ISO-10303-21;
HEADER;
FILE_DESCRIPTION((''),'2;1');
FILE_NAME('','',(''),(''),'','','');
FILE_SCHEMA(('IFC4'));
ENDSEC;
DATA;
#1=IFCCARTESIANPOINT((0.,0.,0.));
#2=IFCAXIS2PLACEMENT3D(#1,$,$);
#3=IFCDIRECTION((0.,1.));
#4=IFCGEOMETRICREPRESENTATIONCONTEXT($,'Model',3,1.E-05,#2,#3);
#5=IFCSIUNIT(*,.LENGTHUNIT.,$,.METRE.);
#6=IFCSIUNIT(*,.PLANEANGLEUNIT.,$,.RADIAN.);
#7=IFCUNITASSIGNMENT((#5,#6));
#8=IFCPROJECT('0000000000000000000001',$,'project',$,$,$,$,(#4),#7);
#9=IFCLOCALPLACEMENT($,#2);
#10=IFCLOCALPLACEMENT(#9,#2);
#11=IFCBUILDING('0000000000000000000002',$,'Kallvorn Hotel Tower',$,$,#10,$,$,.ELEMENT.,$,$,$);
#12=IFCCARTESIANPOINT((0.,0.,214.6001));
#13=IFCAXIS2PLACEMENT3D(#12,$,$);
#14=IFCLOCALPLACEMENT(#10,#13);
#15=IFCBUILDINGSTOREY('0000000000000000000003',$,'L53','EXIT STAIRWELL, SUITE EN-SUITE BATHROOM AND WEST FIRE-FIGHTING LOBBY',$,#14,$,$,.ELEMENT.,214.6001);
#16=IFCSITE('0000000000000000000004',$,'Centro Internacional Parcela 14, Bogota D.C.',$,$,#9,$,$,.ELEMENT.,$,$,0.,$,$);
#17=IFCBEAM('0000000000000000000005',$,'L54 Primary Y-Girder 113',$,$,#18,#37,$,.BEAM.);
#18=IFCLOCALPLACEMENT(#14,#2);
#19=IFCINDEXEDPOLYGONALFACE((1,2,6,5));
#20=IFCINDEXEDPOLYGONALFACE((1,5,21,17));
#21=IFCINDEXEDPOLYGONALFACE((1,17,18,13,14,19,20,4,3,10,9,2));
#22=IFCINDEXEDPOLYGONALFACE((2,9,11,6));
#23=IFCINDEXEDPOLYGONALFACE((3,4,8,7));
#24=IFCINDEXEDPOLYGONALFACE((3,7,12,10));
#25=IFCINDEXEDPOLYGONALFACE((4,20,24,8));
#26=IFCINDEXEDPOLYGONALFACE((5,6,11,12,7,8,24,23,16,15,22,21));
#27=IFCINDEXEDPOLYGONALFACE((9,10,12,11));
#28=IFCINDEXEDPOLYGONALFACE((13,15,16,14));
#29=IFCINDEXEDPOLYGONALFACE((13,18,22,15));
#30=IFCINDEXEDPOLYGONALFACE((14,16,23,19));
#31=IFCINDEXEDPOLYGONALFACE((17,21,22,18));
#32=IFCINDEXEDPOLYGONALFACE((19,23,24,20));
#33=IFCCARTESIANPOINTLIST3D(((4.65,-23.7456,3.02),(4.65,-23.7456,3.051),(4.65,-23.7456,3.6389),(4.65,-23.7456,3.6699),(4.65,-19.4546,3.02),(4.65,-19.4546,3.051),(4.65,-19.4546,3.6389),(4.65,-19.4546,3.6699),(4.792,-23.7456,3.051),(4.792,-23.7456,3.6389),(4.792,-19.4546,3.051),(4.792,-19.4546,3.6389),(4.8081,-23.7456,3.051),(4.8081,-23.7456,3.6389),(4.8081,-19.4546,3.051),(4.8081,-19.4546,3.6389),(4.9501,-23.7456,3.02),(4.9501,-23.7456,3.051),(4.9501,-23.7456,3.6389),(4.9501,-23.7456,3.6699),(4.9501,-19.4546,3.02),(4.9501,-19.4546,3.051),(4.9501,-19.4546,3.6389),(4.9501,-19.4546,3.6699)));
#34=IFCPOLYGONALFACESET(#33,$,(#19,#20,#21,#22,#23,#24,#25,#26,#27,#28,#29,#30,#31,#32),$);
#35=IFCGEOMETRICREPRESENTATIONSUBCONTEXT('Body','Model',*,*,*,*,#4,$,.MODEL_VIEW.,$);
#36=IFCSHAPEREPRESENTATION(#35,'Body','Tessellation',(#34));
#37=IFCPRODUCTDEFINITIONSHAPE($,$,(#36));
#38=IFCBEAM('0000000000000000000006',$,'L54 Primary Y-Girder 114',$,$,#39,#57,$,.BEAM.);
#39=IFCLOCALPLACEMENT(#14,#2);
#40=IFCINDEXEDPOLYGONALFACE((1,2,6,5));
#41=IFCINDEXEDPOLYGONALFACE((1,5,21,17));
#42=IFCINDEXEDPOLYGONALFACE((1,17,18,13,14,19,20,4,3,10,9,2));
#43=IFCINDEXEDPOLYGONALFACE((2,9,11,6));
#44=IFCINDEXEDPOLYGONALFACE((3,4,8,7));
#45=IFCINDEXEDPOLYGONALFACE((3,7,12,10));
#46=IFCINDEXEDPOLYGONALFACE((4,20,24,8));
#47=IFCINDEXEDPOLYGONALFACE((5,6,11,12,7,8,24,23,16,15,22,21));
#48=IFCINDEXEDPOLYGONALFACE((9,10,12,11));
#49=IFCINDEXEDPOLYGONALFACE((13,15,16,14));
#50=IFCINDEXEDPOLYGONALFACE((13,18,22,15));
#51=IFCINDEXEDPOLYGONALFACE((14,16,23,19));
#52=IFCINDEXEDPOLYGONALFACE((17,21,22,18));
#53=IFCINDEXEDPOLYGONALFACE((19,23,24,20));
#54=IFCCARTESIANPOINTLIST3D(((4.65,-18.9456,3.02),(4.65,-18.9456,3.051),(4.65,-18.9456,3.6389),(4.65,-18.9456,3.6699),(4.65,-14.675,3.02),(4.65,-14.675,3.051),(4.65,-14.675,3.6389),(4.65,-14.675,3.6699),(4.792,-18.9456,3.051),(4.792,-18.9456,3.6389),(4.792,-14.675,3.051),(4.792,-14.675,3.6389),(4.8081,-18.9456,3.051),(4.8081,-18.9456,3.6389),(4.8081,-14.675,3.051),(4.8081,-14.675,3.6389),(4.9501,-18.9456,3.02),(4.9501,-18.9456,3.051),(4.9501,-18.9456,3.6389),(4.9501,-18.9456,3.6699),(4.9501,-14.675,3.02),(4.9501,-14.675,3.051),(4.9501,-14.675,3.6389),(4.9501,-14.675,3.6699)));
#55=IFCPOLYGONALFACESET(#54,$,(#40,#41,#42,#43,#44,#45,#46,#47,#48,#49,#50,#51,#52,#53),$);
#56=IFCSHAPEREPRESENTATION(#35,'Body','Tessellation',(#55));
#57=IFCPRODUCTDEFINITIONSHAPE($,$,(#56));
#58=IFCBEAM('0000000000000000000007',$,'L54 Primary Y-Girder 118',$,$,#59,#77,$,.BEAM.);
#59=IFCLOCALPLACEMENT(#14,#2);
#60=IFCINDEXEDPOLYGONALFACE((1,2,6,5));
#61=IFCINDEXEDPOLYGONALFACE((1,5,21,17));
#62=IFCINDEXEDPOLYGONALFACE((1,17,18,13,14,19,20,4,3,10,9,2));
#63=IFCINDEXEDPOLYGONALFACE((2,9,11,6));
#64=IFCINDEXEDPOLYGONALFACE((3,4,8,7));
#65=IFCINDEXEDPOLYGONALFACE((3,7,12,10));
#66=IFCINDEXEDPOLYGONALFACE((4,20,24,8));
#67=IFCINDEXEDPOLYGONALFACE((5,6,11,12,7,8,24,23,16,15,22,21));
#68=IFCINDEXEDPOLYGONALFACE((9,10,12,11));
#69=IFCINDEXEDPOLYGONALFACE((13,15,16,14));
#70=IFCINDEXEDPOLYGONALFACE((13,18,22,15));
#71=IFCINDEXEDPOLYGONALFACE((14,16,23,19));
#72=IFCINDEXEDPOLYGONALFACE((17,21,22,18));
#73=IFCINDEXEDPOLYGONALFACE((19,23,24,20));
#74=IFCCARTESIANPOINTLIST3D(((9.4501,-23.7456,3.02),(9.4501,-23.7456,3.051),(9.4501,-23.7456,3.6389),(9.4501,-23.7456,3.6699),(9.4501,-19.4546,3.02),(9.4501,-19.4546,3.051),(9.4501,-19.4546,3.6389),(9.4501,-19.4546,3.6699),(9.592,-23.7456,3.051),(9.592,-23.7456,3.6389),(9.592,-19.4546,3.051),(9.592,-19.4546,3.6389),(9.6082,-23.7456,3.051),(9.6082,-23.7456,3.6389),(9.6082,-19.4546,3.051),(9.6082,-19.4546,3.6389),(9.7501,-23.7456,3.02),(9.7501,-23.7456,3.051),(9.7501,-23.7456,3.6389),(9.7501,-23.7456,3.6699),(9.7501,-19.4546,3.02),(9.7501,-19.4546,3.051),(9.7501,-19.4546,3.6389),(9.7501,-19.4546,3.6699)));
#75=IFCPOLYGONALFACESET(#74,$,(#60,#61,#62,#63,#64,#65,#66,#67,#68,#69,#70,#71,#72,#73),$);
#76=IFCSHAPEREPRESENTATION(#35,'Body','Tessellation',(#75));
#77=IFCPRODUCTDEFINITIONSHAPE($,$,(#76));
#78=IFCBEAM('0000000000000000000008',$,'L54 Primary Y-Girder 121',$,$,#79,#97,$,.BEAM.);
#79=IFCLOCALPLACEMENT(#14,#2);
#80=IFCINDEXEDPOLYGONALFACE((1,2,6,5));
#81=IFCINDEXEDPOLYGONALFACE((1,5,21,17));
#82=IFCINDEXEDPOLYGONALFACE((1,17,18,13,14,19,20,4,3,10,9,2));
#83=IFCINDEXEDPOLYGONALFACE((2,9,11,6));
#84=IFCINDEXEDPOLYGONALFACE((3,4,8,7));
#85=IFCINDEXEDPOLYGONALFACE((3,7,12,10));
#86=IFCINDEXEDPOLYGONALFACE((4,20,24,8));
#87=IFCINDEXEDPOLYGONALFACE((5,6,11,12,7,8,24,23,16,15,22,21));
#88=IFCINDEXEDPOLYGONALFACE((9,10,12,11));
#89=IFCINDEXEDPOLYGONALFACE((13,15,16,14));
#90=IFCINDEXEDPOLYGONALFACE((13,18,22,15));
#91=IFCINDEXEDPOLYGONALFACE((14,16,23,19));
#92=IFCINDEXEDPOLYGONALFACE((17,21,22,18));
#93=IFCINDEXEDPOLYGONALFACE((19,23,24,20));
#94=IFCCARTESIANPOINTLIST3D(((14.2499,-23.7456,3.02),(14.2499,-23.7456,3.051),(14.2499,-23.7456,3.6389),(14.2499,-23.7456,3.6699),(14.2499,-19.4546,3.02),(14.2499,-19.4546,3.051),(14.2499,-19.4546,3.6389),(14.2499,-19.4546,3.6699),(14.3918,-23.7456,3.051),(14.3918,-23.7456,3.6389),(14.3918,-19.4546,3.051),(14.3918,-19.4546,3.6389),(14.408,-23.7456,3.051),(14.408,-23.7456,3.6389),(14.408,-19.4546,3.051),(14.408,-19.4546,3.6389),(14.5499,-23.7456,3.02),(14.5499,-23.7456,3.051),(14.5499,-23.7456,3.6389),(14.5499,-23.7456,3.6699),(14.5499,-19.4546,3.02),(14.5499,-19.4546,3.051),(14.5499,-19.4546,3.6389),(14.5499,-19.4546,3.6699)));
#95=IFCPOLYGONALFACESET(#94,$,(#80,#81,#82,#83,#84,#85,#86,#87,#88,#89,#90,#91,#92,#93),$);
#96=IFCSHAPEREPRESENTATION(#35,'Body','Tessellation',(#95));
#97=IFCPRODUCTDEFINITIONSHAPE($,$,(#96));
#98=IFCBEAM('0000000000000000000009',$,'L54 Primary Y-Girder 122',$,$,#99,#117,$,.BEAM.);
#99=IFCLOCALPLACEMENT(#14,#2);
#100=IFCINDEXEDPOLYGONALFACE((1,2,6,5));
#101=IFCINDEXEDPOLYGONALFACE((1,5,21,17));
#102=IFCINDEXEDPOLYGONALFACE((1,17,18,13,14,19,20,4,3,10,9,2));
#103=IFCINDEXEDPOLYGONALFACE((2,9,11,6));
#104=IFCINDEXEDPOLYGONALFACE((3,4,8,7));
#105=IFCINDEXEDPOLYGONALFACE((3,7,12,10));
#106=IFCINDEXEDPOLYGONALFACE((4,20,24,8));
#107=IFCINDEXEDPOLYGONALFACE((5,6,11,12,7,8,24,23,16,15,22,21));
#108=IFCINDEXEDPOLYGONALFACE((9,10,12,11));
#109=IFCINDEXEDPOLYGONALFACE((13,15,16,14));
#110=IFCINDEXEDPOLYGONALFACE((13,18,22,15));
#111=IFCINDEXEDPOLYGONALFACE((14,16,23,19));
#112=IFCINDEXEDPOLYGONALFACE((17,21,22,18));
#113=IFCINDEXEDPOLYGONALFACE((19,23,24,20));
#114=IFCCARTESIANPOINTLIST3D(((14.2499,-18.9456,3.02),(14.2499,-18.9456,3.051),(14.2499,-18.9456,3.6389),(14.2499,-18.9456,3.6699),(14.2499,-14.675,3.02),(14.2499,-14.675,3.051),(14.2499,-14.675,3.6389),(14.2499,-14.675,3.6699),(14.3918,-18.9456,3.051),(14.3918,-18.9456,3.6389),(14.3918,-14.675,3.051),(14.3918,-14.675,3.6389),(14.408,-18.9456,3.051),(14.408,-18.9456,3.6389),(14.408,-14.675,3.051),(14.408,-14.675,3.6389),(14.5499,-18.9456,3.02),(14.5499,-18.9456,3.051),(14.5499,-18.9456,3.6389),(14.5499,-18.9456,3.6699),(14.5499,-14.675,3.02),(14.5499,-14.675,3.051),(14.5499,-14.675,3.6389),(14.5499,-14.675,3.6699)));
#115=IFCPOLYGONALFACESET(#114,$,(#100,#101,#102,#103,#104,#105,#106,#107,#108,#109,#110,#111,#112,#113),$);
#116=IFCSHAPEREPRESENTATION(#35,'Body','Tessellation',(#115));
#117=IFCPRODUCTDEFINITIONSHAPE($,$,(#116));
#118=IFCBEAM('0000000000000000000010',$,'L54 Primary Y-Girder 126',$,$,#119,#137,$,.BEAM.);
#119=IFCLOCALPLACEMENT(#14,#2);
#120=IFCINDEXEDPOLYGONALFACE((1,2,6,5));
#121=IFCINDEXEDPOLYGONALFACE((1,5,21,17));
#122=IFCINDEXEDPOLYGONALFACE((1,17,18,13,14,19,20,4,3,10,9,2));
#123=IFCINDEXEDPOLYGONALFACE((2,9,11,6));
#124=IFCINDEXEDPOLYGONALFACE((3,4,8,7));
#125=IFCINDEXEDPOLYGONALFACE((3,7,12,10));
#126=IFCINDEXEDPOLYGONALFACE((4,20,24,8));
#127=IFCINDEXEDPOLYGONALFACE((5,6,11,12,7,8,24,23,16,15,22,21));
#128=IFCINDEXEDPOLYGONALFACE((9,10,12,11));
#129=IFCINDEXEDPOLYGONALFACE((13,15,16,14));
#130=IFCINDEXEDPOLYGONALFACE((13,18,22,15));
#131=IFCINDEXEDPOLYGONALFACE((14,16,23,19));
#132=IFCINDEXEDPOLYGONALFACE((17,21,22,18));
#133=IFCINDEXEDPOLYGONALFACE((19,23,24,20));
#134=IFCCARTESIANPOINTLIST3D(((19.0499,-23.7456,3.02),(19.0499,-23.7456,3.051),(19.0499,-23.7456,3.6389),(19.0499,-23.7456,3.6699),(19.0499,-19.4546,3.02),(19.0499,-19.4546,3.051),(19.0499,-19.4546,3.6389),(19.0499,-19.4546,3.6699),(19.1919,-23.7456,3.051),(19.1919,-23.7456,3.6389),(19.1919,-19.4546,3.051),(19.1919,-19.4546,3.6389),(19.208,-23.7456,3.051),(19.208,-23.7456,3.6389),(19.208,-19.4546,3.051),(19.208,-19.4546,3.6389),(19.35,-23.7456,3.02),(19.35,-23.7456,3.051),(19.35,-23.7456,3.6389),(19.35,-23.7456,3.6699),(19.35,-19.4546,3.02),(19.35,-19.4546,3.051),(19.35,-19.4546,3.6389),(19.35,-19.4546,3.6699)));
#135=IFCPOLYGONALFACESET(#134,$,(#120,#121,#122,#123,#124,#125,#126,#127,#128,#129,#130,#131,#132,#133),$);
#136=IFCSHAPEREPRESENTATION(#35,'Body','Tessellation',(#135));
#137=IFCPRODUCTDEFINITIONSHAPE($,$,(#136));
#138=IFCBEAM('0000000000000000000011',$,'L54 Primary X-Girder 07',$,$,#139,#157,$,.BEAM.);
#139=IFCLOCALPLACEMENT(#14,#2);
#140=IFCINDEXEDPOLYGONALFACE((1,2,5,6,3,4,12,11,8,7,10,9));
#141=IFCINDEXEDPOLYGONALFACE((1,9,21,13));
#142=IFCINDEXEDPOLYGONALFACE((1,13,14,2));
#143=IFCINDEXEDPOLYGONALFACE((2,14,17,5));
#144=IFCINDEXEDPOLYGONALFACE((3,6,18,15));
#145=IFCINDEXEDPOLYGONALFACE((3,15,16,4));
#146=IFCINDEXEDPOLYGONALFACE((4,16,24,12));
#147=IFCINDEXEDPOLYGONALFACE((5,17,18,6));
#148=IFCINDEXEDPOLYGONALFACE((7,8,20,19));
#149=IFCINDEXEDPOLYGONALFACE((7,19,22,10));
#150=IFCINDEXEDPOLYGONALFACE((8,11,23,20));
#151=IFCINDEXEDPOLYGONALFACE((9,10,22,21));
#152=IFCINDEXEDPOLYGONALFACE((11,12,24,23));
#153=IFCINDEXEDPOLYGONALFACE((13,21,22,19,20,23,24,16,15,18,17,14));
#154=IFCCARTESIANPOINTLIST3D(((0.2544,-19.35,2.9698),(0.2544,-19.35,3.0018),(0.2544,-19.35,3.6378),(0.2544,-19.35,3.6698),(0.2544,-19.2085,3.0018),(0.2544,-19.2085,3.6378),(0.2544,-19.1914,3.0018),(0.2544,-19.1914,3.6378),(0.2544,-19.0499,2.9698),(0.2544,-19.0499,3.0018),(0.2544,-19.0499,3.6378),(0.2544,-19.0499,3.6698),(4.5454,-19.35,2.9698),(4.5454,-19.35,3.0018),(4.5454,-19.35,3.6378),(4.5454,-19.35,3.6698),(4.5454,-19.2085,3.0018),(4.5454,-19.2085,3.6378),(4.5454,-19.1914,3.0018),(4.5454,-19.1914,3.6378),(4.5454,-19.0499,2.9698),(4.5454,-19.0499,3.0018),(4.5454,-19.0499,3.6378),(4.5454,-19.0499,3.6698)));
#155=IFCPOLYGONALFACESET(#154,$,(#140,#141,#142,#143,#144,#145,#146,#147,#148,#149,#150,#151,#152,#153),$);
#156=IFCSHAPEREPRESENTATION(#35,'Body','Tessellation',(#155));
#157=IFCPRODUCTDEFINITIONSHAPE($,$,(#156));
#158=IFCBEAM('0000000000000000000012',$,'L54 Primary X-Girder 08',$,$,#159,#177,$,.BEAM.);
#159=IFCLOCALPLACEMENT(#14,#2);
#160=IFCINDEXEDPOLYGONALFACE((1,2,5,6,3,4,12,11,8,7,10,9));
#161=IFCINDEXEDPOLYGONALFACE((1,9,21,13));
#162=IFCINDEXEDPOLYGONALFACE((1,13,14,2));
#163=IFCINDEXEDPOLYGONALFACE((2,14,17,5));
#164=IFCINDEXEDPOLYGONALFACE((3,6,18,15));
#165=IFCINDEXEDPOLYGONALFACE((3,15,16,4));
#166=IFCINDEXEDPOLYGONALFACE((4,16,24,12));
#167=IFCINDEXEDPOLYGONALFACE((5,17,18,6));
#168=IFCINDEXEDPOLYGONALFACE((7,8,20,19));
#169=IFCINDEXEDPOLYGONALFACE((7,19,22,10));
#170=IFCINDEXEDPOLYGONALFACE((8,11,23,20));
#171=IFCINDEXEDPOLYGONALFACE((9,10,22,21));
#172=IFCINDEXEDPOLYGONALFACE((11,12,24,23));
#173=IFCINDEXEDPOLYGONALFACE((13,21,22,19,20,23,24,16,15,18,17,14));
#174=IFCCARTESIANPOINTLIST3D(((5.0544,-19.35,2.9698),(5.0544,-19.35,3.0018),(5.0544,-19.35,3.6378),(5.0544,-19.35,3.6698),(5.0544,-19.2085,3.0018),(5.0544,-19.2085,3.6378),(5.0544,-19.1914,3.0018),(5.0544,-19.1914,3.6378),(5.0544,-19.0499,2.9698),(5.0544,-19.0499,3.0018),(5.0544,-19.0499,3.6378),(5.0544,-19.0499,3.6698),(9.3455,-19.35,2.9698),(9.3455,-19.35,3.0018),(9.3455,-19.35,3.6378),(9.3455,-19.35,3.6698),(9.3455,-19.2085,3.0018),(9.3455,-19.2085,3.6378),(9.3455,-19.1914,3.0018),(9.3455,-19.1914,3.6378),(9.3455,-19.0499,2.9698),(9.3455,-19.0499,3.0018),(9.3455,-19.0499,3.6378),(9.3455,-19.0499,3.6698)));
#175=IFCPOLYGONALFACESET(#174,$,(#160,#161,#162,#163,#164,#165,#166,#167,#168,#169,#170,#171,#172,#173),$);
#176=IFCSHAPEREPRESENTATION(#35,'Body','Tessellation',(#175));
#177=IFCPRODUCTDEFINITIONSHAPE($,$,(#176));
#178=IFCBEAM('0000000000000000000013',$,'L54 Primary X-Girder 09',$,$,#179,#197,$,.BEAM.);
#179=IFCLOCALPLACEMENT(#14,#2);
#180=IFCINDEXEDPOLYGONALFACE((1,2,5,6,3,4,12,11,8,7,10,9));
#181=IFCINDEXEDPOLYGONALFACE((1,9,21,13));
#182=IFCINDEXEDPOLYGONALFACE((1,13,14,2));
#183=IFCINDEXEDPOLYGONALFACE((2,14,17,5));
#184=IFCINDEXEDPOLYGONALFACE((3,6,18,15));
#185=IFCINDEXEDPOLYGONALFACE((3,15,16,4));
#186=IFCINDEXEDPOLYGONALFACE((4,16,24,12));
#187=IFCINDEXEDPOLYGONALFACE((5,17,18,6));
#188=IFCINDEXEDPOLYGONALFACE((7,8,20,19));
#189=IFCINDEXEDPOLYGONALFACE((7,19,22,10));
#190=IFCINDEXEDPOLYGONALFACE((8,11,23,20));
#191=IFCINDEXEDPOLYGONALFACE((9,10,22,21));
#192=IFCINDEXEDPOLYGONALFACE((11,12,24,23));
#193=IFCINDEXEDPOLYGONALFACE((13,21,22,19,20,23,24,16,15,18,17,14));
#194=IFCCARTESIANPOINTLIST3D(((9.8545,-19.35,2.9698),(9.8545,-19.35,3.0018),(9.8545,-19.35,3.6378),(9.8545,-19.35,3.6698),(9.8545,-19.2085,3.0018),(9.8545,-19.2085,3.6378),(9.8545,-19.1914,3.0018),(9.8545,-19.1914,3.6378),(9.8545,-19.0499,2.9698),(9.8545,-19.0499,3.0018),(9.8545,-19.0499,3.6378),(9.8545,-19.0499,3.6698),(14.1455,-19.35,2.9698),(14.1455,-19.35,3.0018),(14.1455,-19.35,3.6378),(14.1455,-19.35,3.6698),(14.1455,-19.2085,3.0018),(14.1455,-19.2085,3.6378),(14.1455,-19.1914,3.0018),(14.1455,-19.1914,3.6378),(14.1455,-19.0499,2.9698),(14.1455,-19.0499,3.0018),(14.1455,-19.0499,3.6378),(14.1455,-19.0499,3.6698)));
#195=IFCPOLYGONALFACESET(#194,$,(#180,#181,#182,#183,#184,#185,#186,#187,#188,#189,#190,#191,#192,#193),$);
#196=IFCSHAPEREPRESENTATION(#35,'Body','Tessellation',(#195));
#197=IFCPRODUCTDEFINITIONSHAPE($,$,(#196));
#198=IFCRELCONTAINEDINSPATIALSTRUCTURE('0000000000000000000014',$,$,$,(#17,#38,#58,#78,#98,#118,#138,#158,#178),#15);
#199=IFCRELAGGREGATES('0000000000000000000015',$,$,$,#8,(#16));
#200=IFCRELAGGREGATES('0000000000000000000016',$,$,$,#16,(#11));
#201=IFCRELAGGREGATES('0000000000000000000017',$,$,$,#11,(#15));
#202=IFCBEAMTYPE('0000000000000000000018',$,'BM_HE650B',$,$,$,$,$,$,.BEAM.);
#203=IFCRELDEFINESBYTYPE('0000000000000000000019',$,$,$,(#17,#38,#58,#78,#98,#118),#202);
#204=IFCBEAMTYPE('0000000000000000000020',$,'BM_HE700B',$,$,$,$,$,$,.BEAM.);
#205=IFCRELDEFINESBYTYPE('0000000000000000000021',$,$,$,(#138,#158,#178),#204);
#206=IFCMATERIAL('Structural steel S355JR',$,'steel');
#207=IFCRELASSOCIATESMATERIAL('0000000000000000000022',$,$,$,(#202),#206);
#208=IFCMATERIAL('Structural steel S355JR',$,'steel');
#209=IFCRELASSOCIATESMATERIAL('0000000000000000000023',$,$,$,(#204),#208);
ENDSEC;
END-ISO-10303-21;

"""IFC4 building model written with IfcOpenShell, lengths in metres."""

from ifc_helpers import new_model, si_unit, direction, frame, origin, origin_2d, place, context, subcontext, project, spatial, i_section, extrude, material, material_profile, profile_set, type_object, element, save


model = new_model("IFC4")

# Units and contexts
model_context = context("Model", 3, precision=1e-05, world=origin(), true_north=direction((0.0, 1.0)))
body_context = subcontext(model_context, "Body", "Model", "MODEL_VIEW")
ifc_project = project(units=[si_unit("LENGTHUNIT", "METRE"), si_unit("PLANEANGLEUNIT", "RADIAN")], contexts=[model_context])

# Site, building, storey
site_placement = place(None, origin())
site = spatial("IfcSite", under=ifc_project, at=site_placement, Name="Centro Internacional Parcela 14, Bogota D.C.", CompositionType="ELEMENT", RefElevation=0.0)
building_placement = place(site_placement, origin())
building = spatial("IfcBuilding", under=site, at=building_placement, Name="Kallvorn Hotel Tower", CompositionType="ELEMENT")
storey_placement = place(building_placement, frame((0.0, 0.0, 214.6001)))
storey = spatial("IfcBuildingStorey", under=building, at=storey_placement, Name="L53", Description="EXIT STAIRWELL, SUITE EN-SUITE BATHROOM AND WEST FIRE-FIGHTING LOBBY", CompositionType="ELEMENT", Elevation=214.6001)

# Beams
ifc_material_1 = material(Name="Structural steel S355JR", Category="steel")
ifc_material_profile_1 = material_profile(ifc_material_1, i_section(OverallWidth=0.3, OverallDepth=0.6499, WebThickness=0.0161, FlangeThickness=0.031, at=origin_2d()), Name="HE 650 B")
ifc_profile_set_1 = profile_set([ifc_material_profile_1], Name="Structural steel S355JR")
beam_type_1 = type_object("IfcBeamType", Name="BM_HE650B", PredefinedType="BEAM", material=ifc_profile_set_1)
beam_1_placement = place(storey_placement, frame((4.8, -23.7456, 3.345), z_axis=(0.0, 1.0, 0.0), x_axis=(-1.0, 0.0, 0.0)))
element("IfcBeam", 1, at=beam_1_placement, inside=storey, type_object=beam_type_1, Name="L54 Primary Y-Girder 113", PredefinedType="BEAM", context=body_context, shape_type="SweptSolid", body=[
    extrude(i_section(OverallWidth=0.3, OverallDepth=0.6499, WebThickness=0.0161, FlangeThickness=0.031, at=origin_2d()), origin(), (0.0, 0.0, 1.0), 4.291),
])
beam_2_placement = place(storey_placement, frame((4.8, -18.9456, 3.345), z_axis=(0.0, 1.0, 0.0), x_axis=(-1.0, 0.0, 0.0)))
element("IfcBeam", 2, at=beam_2_placement, inside=storey, type_object=beam_type_1, Name="L54 Primary Y-Girder 114", PredefinedType="BEAM", context=body_context, shape_type="SweptSolid", body=[
    extrude(i_section(OverallWidth=0.3, OverallDepth=0.6499, WebThickness=0.0161, FlangeThickness=0.031, at=origin_2d()), origin(), (0.0, 0.0, 1.0), 4.2705),
])
for number, where, z_axis, x_axis, name in (
    (3, (9.6001, -23.7456, 3.345), (0.0, 1.0, 0.0), (-1.0, 0.0, 0.0), "L54 Primary Y-Girder 118"),
    (4, (14.3999, -23.7456, 3.345), (0.0, 1.0, 0.0), (-1.0, 0.0, 0.0), "L54 Primary Y-Girder 121"),
):
    element("IfcBeam", number, at=place(storey_placement, frame(where, z_axis=z_axis, x_axis=x_axis)), inside=storey, type_object=beam_type_1, Name=name, PredefinedType="BEAM", context=body_context, shape_type="SweptSolid", body=[
        extrude(i_section(OverallWidth=0.3, OverallDepth=0.6499, WebThickness=0.0161, FlangeThickness=0.031, at=origin_2d()), origin(), (0.0, 0.0, 1.0), 4.291),
    ])
beam_3_placement = place(storey_placement, frame((14.3999, -18.9456, 3.345), z_axis=(0.0, 1.0, 0.0), x_axis=(-1.0, 0.0, 0.0)))
element("IfcBeam", 5, at=beam_3_placement, inside=storey, type_object=beam_type_1, Name="L54 Primary Y-Girder 122", PredefinedType="BEAM", context=body_context, shape_type="SweptSolid", body=[
    extrude(i_section(OverallWidth=0.3, OverallDepth=0.6499, WebThickness=0.0161, FlangeThickness=0.031, at=origin_2d()), origin(), (0.0, 0.0, 1.0), 4.2705),
])
beam_4_placement = place(storey_placement, frame((19.2, -23.7456, 3.345), z_axis=(0.0, 1.0, 0.0), x_axis=(-1.0, 0.0, 0.0)))
element("IfcBeam", 6, at=beam_4_placement, inside=storey, type_object=beam_type_1, Name="L54 Primary Y-Girder 126", PredefinedType="BEAM", context=body_context, shape_type="SweptSolid", body=[
    extrude(i_section(OverallWidth=0.3, OverallDepth=0.6499, WebThickness=0.0161, FlangeThickness=0.031, at=origin_2d()), origin(), (0.0, 0.0, 1.0), 4.291),
])
ifc_material_2 = material(Name="Structural steel S355JR", Category="steel")
ifc_material_profile_2 = material_profile(ifc_material_2, i_section(OverallWidth=0.3, OverallDepth=0.7, WebThickness=0.0171, FlangeThickness=0.032, at=origin_2d()), Name="HE 700 B")
ifc_profile_set_2 = profile_set([ifc_material_profile_2], Name="Structural steel S355JR")
beam_type_2 = type_object("IfcBeamType", Name="BM_HE700B", PredefinedType="BEAM", material=ifc_profile_set_2)
for number, where, z_axis, x_axis, name in (
    (7, (0.2544, -19.2, 3.3198), (1.0, 0.0, 0.0), (0.0, 1.0, 0.0), "L54 Primary X-Girder 07"),
    (8, (5.0544, -19.2, 3.3198), (1.0, 0.0, 0.0), (0.0, 1.0, 0.0), "L54 Primary X-Girder 08"),
    (9, (9.8545, -19.2, 3.3198), (1.0, 0.0, 0.0), (0.0, 1.0, 0.0), "L54 Primary X-Girder 09"),
):
    element("IfcBeam", number, at=place(storey_placement, frame(where, z_axis=z_axis, x_axis=x_axis)), inside=storey, type_object=beam_type_2, Name=name, PredefinedType="BEAM", context=body_context, shape_type="SweptSolid", body=[
        extrude(i_section(OverallWidth=0.3, OverallDepth=0.7, WebThickness=0.0171, FlangeThickness=0.032, at=origin_2d()), origin(), (0.0, 0.0, 1.0), 4.291),
    ])

save(model, "model.ifc")
